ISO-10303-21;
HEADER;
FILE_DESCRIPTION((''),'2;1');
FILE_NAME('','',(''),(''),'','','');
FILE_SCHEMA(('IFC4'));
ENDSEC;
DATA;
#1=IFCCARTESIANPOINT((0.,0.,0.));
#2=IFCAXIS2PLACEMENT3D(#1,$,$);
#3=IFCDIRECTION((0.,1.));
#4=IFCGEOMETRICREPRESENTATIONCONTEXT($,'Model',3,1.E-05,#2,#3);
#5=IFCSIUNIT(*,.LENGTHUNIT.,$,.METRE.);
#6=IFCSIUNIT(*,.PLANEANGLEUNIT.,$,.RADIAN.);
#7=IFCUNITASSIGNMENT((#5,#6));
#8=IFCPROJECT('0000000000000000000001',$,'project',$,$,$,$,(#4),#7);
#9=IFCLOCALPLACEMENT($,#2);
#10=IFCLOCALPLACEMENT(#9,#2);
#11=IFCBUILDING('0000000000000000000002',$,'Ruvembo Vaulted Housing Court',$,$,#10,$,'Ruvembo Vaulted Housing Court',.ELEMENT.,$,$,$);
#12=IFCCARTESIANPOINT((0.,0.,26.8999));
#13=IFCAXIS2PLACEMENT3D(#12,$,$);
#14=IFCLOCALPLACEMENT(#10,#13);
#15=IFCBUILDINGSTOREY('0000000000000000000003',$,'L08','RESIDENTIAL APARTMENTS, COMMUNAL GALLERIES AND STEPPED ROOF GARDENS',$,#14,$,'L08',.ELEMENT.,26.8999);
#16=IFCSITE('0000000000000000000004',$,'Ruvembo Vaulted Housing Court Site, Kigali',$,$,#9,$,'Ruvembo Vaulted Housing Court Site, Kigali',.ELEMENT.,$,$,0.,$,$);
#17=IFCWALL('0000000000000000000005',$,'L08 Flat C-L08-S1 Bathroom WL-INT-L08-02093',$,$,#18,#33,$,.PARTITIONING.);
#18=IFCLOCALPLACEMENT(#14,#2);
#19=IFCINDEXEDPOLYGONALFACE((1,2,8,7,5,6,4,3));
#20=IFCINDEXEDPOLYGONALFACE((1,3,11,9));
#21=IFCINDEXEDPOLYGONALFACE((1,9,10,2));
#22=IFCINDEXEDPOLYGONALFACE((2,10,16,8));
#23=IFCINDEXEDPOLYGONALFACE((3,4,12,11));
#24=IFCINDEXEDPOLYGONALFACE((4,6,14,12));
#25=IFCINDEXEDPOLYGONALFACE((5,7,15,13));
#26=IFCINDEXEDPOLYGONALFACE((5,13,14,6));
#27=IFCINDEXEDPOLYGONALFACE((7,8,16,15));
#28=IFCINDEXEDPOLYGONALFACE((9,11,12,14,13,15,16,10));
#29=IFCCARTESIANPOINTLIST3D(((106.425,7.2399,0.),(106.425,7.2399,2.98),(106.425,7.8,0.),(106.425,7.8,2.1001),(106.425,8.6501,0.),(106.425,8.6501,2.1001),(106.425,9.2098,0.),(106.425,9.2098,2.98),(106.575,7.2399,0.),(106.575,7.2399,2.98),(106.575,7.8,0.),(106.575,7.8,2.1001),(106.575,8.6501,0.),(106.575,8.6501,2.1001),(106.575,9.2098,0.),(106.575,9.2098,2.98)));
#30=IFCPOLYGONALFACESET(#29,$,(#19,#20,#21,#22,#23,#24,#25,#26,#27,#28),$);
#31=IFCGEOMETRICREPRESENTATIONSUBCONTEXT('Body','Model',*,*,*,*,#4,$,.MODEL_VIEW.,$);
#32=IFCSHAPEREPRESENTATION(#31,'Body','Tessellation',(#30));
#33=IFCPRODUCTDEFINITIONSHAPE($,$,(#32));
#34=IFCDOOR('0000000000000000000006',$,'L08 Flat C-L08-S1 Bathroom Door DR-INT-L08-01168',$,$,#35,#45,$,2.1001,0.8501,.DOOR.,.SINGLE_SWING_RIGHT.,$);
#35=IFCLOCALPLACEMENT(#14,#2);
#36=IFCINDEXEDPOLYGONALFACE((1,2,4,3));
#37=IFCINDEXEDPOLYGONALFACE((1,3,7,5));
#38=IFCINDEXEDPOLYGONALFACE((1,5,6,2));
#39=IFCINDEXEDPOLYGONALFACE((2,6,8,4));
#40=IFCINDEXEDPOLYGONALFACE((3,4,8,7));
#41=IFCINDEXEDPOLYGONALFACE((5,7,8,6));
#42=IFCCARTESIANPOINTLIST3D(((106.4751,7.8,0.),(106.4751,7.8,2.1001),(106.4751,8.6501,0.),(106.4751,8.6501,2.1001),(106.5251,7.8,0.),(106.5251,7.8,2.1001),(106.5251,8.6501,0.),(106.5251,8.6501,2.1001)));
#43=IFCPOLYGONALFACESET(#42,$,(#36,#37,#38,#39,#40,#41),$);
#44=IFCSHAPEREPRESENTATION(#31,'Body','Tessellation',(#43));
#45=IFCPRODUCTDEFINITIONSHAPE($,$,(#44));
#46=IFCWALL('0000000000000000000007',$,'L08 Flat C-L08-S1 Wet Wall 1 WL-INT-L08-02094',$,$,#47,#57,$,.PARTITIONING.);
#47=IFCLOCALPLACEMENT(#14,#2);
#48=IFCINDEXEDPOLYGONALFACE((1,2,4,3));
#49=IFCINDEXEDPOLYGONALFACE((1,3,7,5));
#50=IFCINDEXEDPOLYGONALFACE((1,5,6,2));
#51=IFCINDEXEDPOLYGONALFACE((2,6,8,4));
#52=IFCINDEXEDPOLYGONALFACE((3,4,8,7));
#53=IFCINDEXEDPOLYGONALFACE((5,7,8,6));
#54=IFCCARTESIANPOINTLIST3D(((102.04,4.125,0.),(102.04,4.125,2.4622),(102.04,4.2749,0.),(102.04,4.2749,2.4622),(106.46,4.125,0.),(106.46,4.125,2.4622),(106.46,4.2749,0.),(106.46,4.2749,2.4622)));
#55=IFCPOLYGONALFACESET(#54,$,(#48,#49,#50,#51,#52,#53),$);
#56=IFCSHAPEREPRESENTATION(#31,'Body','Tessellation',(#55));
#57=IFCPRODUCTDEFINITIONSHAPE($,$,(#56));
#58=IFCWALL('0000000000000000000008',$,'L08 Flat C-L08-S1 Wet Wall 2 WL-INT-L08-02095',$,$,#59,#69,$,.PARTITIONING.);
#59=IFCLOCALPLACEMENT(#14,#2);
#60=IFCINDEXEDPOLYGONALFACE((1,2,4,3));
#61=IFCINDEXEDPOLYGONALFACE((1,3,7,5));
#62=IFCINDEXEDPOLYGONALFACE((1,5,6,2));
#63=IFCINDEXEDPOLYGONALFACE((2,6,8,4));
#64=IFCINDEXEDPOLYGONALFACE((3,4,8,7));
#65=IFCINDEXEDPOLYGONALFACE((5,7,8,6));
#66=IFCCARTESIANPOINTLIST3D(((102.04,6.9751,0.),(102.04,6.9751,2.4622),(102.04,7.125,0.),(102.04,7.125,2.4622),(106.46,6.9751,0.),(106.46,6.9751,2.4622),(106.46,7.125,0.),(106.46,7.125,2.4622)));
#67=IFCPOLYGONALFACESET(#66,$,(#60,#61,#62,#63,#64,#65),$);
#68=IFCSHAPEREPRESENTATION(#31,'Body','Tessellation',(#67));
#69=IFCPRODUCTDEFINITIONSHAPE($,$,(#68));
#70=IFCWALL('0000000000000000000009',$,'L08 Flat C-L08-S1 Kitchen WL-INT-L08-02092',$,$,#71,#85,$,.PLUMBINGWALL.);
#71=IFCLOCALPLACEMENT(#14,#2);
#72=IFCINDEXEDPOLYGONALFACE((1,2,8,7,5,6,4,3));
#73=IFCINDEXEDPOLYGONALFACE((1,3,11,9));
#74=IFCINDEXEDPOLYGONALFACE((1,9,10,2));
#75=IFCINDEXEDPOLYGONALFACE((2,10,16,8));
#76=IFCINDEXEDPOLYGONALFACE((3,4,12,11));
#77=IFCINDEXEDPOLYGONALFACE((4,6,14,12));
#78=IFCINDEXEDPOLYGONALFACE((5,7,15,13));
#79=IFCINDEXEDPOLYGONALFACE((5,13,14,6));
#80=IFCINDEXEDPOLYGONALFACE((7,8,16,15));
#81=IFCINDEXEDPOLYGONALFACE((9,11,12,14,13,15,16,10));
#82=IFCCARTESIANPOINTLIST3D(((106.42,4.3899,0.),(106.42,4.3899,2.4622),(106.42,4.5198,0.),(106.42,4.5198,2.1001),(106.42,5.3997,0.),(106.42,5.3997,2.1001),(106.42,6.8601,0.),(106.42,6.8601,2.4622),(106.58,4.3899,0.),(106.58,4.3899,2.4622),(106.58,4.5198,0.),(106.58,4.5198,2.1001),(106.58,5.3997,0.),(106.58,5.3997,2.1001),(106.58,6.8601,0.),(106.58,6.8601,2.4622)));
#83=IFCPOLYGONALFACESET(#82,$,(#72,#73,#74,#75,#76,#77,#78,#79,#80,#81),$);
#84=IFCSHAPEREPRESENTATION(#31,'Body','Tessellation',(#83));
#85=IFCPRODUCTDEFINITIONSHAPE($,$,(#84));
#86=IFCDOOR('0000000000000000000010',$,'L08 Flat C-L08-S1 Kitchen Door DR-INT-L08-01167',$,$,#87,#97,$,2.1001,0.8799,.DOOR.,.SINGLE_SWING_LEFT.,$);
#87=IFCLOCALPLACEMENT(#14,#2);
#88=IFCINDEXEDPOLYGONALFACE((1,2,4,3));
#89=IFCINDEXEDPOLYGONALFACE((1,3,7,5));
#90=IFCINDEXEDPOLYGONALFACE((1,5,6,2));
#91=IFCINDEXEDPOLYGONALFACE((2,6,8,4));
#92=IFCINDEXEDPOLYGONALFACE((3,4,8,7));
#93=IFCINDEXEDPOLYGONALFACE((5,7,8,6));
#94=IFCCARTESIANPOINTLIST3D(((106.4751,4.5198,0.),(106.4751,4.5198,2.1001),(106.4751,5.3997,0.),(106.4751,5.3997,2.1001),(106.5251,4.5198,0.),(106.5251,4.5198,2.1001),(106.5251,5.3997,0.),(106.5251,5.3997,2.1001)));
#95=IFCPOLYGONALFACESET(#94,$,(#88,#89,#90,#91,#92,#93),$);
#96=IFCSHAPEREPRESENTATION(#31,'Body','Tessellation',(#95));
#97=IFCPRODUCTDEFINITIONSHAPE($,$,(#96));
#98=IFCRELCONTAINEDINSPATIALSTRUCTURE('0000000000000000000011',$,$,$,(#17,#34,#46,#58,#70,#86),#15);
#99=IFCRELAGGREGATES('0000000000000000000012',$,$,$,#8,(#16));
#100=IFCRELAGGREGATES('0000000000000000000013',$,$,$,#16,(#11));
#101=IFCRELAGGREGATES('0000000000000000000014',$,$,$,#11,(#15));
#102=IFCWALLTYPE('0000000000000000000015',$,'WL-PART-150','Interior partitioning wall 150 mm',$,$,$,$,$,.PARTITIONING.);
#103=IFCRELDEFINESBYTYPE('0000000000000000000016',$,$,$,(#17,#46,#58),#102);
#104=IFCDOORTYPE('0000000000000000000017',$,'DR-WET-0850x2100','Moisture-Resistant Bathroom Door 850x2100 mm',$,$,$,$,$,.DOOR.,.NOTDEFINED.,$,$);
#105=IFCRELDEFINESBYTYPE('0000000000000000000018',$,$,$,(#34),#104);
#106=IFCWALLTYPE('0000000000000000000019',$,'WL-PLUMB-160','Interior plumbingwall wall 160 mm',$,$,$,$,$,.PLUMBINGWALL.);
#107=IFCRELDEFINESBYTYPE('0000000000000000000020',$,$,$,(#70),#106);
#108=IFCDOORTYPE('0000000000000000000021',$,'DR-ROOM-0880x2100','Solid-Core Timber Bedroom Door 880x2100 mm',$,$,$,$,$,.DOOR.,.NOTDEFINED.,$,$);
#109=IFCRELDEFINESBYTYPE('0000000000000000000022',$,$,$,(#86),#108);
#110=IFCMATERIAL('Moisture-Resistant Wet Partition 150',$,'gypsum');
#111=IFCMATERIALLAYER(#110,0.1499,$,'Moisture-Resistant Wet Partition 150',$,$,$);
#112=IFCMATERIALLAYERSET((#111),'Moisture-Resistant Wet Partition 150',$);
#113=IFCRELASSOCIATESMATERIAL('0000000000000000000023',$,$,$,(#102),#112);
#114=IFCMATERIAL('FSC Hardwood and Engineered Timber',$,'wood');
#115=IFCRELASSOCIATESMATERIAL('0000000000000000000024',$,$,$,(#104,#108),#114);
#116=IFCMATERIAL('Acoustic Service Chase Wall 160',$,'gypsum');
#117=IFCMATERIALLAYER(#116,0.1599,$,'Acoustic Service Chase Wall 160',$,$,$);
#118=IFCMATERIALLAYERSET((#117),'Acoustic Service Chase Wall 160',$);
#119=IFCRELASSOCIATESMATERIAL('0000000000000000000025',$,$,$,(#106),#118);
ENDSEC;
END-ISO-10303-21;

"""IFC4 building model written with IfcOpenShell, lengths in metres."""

from ifc_helpers import new_model, si_unit, direction, frame, frame_2d, origin, place, context, subcontext, project, spatial, rectangle, extrude, material, layer, layer_set, type_object, element, fill, save


model = new_model("IFC4")

# Units and contexts
model_context = context("Model", 3, precision=1e-05, world=origin(), true_north=direction((0.0, 1.0)))
body_context = subcontext(model_context, "Body", "Model", "MODEL_VIEW")
ifc_project = project(units=[si_unit("LENGTHUNIT", "METRE"), si_unit("PLANEANGLEUNIT", "RADIAN")], contexts=[model_context])

# Site, building, storey
site_placement = place(None, origin())
site = spatial("IfcSite", under=ifc_project, at=site_placement, Name="Ruvembo Vaulted Housing Court Site, Kigali", LongName="Ruvembo Vaulted Housing Court Site, Kigali", CompositionType="ELEMENT", RefElevation=0.0)
building_placement = place(site_placement, origin())
building = spatial("IfcBuilding", under=site, at=building_placement, Name="Ruvembo Vaulted Housing Court", LongName="Ruvembo Vaulted Housing Court", CompositionType="ELEMENT")
storey_placement = place(building_placement, frame((0.0, 0.0, 26.8999)))
storey = spatial("IfcBuildingStorey", under=building, at=storey_placement, Name="L08", Description="RESIDENTIAL APARTMENTS, COMMUNAL GALLERIES AND STEPPED ROOF GARDENS", LongName="L08", CompositionType="ELEMENT", Elevation=26.8999)

# Shared definitions
ifc_material_1 = material(Name="FSC Hardwood and Engineered Timber", Category="wood")

# Wall, opening, door
ifc_material_2 = material(Name="Moisture-Resistant Wet Partition 150", Category="gypsum")
ifc_layer_1 = layer(ifc_material_2, 0.1499, Name="Moisture-Resistant Wet Partition 150")
ifc_layer_set_1 = layer_set([ifc_layer_1], Name="Moisture-Resistant Wet Partition 150")
wall_type_1 = type_object("IfcWallType", Name="WL-PART-150", Description="Interior partitioning wall 150 mm", PredefinedType="PARTITIONING", material=ifc_layer_set_1)
wall_1_placement = place(storey_placement, frame((106.5, 7.24, 0.0), z_axis=(0.0, 0.0, 1.0), x_axis=(0.0, 1.0, 0.0)))
wall_1 = element("IfcWall", 1, at=wall_1_placement, inside=storey, type_object=wall_type_1, Name="L08 Flat C-L08-S1 Bathroom WL-INT-L08-02093", PredefinedType="PARTITIONING", context=body_context, shape_type="SweptSolid", body=[
    extrude(rectangle(XDim=1.97, YDim=0.1499, at=frame_2d((0.9849, 0.0))), origin(), (0.0, 0.0, 1.0), 2.98),
])
opening_1_placement = place(wall_1_placement, frame((0.5601, 0.0, 0.0)))
opening_1 = element("IfcOpeningElement", 2, at=opening_1_placement, cuts=wall_1, PredefinedType="OPENING", context=body_context, shape_type="SweptSolid", body=[
    extrude(rectangle(XDim=0.8501, YDim=2.1001, at=frame_2d((0.425, 1.05))), frame((0.0, 0.085, 0.0), z_axis=(0.0, -1.0, 0.0), x_axis=(1.0, 0.0, 0.0)), (0.0, 0.0, 1.0), 0.1699),
])
door_type_1 = type_object("IfcDoorType", Name="DR-WET-0850x2100", Description="Moisture-Resistant Bathroom Door 850x2100 mm", OperationType="NOTDEFINED", PredefinedType="DOOR", material=ifc_material_1)
door_1_placement = place(opening_1_placement, origin())
door_1 = element("IfcDoor", 3, at=door_1_placement, inside=storey, type_object=door_type_1, Name="L08 Flat C-L08-S1 Bathroom Door DR-INT-L08-01168", OperationType="SINGLE_SWING_RIGHT", OverallHeight=2.1001, OverallWidth=0.8501, PredefinedType="DOOR", context=body_context, shape_type="SweptSolid", body=[
    extrude(rectangle(XDim=0.8501, YDim=2.1001, at=frame_2d((0.425, 1.05))), frame((0.0, 0.0249, 0.0), z_axis=(0.0, -1.0, 0.0), x_axis=(1.0, 0.0, 0.0)), (0.0, 0.0, 1.0), 0.05),
])
fill(opening_1, door_1)

# Walls
for number, where, z_axis, x_axis, name in (
    (4, (102.04, 4.2, 0.0), (0.0, 0.0, 1.0), (1.0, 0.0, 0.0), "L08 Flat C-L08-S1 Wet Wall 1 WL-INT-L08-02094"),
    (5, (102.04, 7.05, 0.0), (0.0, 0.0, 1.0), (1.0, 0.0, 0.0), "L08 Flat C-L08-S1 Wet Wall 2 WL-INT-L08-02095"),
):
    element("IfcWall", number, at=place(storey_placement, frame(where, z_axis=z_axis, x_axis=x_axis)), inside=storey, type_object=wall_type_1, Name=name, PredefinedType="PARTITIONING", context=body_context, shape_type="SweptSolid", body=[
        extrude(rectangle(XDim=4.4199, YDim=0.1499, at=frame_2d((2.21, 0.0))), origin(), (0.0, 0.0, 1.0), 2.4622),
    ])

# Wall, opening, door
ifc_material_3 = material(Name="Acoustic Service Chase Wall 160", Category="gypsum")
ifc_layer_2 = layer(ifc_material_3, 0.1599, Name="Acoustic Service Chase Wall 160")
ifc_layer_set_2 = layer_set([ifc_layer_2], Name="Acoustic Service Chase Wall 160")
wall_type_2 = type_object("IfcWallType", Name="WL-PLUMB-160", Description="Interior plumbingwall wall 160 mm", PredefinedType="PLUMBINGWALL", material=ifc_layer_set_2)
wall_2_placement = place(storey_placement, frame((106.5, 4.3899, 0.0), z_axis=(0.0, 0.0, 1.0), x_axis=(0.0, 1.0, 0.0)))
wall_2 = element("IfcWall", 6, at=wall_2_placement, inside=storey, type_object=wall_type_2, Name="L08 Flat C-L08-S1 Kitchen WL-INT-L08-02092", PredefinedType="PLUMBINGWALL", context=body_context, shape_type="SweptSolid", body=[
    extrude(rectangle(XDim=2.4702, YDim=0.1599, at=frame_2d((1.2351, 0.0))), origin(), (0.0, 0.0, 1.0), 2.4622),
])
opening_2_placement = place(wall_2_placement, frame((0.1299, 0.0, 0.0)))
opening_2 = element("IfcOpeningElement", 7, at=opening_2_placement, cuts=wall_2, PredefinedType="OPENING", context=body_context, shape_type="SweptSolid", body=[
    extrude(rectangle(XDim=0.8799, YDim=2.1001, at=frame_2d((0.4399, 1.05))), frame((0.0, 0.0898, 0.0), z_axis=(0.0, -1.0, 0.0), x_axis=(1.0, 0.0, 0.0)), (0.0, 0.0, 1.0), 0.1799),
])
door_type_2 = type_object("IfcDoorType", Name="DR-ROOM-0880x2100", Description="Solid-Core Timber Bedroom Door 880x2100 mm", OperationType="NOTDEFINED", PredefinedType="DOOR", material=ifc_material_1)
door_2_placement = place(opening_2_placement, origin())
door_2 = element("IfcDoor", 8, at=door_2_placement, inside=storey, type_object=door_type_2, Name="L08 Flat C-L08-S1 Kitchen Door DR-INT-L08-01167", OperationType="SINGLE_SWING_LEFT", OverallHeight=2.1001, OverallWidth=0.8799, PredefinedType="DOOR", context=body_context, shape_type="SweptSolid", body=[
    extrude(rectangle(XDim=0.8799, YDim=2.1001, at=frame_2d((0.4399, 1.05))), frame((0.0, 0.0249, 0.0), z_axis=(0.0, -1.0, 0.0), x_axis=(1.0, 0.0, 0.0)), (0.0, 0.0, 1.0), 0.05),
])
fill(opening_2, door_2)

save(model, "model.ifc")
